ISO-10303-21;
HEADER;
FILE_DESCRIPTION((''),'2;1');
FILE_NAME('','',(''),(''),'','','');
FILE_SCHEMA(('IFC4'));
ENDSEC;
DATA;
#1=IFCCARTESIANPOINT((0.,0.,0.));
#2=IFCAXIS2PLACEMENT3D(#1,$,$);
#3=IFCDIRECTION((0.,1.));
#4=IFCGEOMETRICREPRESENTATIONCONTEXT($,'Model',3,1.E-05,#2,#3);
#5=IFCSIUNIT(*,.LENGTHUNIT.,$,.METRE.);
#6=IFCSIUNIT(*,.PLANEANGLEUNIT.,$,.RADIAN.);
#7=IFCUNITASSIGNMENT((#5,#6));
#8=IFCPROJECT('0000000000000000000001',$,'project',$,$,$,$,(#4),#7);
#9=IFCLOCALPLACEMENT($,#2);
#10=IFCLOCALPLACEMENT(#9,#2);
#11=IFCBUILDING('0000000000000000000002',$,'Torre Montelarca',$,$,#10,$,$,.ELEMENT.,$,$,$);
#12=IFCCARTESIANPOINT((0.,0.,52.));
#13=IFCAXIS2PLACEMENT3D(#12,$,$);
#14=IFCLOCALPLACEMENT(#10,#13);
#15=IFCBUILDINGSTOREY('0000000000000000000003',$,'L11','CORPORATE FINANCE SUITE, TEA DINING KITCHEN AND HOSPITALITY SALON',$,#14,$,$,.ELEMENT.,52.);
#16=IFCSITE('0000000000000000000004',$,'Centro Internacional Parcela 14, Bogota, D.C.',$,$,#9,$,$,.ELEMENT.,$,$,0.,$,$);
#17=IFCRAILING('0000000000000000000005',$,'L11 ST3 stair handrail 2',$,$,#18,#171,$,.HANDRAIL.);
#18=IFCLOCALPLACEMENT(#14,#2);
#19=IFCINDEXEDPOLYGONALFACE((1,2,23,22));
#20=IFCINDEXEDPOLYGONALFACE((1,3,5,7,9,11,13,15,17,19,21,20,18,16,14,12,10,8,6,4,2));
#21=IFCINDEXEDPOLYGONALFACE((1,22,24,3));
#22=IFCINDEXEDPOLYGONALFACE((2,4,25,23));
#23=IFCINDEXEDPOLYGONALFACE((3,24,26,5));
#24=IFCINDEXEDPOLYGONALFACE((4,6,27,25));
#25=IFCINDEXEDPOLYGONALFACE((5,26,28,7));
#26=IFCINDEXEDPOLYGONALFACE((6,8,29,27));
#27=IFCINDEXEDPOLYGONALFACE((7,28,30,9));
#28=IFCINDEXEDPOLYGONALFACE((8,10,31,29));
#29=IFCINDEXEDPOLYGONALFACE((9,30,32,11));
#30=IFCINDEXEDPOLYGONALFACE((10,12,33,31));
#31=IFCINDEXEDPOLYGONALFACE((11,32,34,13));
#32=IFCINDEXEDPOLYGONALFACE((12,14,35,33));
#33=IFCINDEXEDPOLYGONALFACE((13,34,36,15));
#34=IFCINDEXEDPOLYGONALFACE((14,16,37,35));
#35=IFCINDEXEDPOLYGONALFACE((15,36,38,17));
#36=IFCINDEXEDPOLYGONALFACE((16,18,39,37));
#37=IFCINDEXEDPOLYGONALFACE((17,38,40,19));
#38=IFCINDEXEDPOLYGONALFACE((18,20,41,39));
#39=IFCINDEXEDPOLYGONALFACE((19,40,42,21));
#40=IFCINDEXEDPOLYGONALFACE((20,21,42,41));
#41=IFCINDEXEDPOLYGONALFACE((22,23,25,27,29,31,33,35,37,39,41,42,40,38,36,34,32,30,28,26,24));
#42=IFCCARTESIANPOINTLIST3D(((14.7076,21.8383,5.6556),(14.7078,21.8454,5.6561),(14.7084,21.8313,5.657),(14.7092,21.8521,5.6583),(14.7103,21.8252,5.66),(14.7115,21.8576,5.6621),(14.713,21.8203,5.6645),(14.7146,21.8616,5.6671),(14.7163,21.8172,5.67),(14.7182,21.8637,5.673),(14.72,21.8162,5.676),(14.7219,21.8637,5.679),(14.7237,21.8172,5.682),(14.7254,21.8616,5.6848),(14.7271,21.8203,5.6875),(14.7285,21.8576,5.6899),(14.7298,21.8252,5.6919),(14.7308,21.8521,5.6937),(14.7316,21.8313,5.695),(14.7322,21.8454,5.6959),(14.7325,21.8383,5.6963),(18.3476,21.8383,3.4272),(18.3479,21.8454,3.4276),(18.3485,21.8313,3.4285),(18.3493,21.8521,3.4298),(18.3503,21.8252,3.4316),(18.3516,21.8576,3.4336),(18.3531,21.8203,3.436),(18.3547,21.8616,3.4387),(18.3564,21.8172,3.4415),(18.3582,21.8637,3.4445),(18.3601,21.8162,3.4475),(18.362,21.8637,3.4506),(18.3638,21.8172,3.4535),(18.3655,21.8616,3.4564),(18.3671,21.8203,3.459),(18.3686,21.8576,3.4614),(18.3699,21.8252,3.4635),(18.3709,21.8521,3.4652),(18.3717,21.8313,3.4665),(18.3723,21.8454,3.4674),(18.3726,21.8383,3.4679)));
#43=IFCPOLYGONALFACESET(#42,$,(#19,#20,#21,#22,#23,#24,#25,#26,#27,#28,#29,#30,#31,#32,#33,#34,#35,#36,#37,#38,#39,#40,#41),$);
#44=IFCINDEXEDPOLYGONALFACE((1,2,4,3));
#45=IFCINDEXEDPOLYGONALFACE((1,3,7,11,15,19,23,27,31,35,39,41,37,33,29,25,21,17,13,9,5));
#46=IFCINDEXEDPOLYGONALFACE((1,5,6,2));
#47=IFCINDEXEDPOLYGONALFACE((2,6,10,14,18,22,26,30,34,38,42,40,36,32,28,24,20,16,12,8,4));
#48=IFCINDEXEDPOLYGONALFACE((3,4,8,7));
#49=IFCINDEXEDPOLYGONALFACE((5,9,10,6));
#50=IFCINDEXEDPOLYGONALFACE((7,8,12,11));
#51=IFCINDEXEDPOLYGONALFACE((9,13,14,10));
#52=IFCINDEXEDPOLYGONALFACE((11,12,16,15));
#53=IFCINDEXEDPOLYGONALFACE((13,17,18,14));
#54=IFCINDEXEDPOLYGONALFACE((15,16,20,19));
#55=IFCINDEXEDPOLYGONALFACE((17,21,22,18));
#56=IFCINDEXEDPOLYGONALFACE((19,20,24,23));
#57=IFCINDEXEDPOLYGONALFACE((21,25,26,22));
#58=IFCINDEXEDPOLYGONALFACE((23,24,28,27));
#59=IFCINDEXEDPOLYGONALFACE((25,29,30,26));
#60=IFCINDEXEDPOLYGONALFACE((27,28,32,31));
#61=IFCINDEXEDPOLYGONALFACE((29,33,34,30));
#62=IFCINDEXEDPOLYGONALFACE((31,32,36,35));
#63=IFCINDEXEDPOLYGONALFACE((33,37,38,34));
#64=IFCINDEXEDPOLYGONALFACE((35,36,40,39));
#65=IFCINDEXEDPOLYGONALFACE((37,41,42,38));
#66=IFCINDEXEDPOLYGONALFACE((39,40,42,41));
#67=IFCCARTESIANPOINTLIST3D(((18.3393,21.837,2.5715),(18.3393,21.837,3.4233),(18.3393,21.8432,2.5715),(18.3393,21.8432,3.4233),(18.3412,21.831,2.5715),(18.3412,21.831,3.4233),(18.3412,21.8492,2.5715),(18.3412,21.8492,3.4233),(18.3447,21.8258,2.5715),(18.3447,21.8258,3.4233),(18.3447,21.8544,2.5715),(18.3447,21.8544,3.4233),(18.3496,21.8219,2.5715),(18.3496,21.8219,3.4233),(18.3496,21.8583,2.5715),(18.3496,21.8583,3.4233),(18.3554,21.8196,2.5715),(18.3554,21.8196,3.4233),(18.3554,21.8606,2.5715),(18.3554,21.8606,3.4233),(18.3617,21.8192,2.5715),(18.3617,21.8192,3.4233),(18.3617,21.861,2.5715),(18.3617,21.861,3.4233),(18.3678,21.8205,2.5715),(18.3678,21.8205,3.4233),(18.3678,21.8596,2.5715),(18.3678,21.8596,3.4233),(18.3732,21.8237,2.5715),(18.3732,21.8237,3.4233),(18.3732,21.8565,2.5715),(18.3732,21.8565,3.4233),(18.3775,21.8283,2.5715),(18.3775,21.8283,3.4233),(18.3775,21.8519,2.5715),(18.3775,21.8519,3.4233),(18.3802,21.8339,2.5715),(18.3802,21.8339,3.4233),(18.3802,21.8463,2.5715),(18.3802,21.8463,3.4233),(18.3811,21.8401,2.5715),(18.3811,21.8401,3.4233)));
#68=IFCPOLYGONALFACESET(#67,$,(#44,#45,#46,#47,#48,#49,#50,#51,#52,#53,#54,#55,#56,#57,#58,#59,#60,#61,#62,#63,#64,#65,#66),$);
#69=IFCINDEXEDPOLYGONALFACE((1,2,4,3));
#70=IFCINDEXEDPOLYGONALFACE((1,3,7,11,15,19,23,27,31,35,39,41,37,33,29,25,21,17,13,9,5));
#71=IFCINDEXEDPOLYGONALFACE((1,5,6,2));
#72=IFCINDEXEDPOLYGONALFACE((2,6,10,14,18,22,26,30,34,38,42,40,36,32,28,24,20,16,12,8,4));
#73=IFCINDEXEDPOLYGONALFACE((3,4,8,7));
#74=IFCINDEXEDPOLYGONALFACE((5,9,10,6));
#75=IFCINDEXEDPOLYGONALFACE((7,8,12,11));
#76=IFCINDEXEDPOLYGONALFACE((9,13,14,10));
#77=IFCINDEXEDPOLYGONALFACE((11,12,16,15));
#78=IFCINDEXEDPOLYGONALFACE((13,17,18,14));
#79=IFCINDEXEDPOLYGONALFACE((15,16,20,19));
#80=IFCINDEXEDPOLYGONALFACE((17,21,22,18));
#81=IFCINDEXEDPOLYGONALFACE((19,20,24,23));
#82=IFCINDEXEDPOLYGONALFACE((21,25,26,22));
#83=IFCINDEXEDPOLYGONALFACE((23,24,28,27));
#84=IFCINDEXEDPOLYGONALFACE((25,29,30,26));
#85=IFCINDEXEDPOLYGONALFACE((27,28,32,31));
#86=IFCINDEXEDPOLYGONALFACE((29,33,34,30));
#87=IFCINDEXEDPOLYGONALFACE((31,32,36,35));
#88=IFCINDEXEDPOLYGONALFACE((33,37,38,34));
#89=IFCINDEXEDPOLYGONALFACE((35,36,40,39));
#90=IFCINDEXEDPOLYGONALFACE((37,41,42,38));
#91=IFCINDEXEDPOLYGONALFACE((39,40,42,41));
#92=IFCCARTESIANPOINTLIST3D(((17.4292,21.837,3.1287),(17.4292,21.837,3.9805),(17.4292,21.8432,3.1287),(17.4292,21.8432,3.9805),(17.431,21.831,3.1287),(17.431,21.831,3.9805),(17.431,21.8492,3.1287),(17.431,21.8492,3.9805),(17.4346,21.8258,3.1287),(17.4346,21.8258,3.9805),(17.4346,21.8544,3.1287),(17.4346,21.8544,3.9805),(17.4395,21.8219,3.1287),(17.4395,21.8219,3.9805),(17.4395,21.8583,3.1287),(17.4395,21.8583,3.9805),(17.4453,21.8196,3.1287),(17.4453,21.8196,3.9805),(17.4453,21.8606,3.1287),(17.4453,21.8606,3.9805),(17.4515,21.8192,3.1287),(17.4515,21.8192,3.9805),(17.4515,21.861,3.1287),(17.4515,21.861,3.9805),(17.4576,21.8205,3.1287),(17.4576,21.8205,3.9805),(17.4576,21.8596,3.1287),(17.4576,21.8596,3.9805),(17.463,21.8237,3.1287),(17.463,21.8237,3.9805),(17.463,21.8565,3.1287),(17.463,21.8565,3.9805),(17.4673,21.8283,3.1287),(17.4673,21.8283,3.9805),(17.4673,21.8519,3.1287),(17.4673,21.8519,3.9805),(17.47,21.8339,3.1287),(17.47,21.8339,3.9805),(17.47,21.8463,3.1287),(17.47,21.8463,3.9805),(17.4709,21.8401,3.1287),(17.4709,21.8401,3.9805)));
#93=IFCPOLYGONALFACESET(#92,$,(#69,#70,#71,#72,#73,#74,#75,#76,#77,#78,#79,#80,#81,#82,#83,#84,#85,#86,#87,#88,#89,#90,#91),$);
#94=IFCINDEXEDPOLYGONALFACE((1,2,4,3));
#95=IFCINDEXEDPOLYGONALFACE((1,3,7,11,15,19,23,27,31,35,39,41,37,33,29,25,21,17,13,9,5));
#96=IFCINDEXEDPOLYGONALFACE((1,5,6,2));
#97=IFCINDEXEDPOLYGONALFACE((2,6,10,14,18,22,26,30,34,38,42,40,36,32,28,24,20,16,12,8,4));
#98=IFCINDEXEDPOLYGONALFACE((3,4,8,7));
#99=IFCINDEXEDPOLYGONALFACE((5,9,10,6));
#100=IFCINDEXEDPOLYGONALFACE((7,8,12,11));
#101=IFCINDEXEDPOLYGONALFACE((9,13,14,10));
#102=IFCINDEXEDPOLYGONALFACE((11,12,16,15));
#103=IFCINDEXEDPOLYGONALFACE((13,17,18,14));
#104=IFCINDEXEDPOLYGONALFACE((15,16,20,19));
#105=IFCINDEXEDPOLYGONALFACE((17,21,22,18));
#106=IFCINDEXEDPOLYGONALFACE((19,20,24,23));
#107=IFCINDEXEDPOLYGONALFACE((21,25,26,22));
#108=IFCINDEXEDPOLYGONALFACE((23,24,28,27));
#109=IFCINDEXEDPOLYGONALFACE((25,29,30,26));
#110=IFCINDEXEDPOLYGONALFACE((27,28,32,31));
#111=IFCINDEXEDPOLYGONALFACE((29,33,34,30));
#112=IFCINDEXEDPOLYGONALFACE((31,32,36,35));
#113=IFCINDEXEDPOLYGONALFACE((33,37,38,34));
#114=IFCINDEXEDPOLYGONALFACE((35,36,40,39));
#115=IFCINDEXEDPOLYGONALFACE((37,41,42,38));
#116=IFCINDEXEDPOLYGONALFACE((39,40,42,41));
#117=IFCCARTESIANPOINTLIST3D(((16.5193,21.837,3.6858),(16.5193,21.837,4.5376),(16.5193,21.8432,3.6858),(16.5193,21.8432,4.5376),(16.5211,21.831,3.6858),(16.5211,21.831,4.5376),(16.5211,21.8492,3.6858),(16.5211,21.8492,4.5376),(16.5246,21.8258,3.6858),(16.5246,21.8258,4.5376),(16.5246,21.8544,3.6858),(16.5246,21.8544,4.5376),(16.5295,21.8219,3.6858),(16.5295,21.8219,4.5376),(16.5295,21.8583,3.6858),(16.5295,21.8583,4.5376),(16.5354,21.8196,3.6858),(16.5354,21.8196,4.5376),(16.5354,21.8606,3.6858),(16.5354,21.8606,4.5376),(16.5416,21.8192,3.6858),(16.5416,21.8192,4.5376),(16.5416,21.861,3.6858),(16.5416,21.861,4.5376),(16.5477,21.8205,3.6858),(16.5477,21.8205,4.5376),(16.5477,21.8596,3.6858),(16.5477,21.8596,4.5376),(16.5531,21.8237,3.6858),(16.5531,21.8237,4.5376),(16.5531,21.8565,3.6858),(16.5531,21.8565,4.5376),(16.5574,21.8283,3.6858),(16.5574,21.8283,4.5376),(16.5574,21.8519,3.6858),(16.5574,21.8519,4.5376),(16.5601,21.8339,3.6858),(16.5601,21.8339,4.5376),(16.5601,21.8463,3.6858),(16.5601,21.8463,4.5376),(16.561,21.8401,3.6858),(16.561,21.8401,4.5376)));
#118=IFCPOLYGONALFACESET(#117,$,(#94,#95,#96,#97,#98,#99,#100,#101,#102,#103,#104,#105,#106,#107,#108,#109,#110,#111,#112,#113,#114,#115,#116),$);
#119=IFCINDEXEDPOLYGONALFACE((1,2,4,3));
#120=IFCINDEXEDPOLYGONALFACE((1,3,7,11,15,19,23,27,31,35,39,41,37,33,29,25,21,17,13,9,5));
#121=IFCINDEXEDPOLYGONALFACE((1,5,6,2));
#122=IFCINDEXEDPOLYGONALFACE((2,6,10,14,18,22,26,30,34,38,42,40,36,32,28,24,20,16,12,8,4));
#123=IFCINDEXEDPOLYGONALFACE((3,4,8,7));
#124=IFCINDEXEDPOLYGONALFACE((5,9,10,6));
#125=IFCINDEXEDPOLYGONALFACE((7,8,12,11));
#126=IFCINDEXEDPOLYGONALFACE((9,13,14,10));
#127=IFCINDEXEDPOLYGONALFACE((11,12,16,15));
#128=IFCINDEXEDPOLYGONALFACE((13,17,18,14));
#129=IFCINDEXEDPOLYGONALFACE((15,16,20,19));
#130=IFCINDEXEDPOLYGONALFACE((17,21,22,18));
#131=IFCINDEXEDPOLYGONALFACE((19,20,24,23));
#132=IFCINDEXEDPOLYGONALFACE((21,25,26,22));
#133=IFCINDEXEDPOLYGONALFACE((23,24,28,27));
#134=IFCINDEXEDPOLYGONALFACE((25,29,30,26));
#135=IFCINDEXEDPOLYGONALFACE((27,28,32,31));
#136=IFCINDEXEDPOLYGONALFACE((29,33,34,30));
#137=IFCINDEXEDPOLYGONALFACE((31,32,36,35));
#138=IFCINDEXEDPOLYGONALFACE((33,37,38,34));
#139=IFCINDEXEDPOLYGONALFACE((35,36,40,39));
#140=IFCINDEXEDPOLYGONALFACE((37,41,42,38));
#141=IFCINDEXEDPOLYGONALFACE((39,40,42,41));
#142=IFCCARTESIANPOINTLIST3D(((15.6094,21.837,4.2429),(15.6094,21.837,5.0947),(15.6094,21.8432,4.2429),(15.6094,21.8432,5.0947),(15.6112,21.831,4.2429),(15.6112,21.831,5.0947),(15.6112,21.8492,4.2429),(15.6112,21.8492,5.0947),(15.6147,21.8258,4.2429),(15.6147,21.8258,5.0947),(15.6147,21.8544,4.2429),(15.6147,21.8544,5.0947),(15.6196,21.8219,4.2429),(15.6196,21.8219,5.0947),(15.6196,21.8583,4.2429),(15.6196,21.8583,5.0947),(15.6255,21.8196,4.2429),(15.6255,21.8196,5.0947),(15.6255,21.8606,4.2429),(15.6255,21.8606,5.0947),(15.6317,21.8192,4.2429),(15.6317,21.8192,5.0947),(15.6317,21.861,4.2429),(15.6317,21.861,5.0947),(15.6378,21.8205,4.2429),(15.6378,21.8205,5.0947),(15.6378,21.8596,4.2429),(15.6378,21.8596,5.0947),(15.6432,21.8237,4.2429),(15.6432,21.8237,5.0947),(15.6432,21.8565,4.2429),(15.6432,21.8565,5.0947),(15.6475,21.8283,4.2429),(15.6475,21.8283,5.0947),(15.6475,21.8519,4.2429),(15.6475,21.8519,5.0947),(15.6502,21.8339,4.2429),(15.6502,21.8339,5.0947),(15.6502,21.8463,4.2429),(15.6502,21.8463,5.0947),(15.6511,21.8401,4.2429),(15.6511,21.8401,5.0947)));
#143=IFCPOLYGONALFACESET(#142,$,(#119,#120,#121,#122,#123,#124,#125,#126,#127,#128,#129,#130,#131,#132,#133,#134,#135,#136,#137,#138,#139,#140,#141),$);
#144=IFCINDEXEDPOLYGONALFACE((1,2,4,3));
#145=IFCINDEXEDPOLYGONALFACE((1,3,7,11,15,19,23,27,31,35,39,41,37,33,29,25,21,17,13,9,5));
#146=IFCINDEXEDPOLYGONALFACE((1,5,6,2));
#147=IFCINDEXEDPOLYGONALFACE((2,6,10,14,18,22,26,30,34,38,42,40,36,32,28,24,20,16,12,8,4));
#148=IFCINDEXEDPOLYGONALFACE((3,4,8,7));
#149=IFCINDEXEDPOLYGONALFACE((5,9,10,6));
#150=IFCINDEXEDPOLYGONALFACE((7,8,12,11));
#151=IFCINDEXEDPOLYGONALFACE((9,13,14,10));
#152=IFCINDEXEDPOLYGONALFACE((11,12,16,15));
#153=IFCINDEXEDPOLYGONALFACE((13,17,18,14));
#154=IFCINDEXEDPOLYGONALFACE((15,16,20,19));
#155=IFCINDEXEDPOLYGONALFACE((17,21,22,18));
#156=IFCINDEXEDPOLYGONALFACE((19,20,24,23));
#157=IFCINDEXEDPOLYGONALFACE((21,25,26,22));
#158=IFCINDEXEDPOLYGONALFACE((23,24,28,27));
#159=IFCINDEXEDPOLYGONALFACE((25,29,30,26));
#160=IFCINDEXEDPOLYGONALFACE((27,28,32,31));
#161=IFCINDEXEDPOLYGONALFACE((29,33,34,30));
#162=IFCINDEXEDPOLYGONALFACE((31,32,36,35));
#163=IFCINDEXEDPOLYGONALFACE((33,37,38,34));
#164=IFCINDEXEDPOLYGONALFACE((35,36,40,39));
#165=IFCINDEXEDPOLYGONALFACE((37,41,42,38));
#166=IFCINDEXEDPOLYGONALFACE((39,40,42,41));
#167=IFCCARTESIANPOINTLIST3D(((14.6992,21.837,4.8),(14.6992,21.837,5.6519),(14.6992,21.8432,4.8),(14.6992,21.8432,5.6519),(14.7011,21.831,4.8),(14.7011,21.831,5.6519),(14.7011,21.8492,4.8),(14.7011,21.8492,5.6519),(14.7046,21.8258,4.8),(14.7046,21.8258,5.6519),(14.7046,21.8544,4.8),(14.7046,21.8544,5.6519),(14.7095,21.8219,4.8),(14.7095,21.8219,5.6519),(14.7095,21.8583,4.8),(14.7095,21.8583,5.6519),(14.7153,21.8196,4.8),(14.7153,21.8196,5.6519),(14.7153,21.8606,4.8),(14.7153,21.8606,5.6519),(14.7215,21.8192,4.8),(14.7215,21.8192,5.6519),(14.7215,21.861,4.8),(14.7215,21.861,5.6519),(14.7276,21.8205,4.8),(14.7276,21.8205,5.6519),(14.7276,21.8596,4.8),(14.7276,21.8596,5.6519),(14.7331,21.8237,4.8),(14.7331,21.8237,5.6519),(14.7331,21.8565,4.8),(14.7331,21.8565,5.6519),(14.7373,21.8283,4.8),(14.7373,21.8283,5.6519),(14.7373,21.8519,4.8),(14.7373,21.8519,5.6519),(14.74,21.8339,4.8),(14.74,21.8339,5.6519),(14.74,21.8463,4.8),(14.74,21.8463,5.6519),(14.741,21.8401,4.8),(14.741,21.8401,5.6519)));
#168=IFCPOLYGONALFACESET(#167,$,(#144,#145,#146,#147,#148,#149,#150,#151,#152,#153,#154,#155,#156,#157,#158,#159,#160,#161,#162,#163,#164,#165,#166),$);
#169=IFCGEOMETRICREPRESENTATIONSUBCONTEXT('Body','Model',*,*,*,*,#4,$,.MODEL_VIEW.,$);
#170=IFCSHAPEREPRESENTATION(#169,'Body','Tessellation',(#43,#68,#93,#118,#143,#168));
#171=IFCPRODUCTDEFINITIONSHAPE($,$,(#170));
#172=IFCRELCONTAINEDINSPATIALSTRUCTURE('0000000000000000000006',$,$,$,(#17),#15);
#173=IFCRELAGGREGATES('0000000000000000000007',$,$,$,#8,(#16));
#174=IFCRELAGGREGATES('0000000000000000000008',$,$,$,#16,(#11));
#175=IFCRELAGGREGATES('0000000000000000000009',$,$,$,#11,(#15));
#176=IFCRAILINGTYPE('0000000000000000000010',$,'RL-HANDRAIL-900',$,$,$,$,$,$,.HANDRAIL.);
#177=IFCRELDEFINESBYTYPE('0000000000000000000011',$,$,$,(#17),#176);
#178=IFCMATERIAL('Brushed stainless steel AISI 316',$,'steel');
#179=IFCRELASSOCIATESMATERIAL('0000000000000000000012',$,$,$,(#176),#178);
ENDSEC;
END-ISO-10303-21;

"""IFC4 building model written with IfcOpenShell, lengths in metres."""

from ifc_helpers import new_model, si_unit, direction, frame, origin, origin_2d, place, context, subcontext, project, spatial, circle, extrude, material, type_object, element, save


model = new_model("IFC4")

# Units and contexts
model_context = context("Model", 3, precision=1e-05, world=origin(), true_north=direction((0.0, 1.0)))
body_context = subcontext(model_context, "Body", "Model", "MODEL_VIEW")
ifc_project = project(units=[si_unit("LENGTHUNIT", "METRE"), si_unit("PLANEANGLEUNIT", "RADIAN")], contexts=[model_context])

# Site, building, storey
site_placement = place(None, origin())
site = spatial("IfcSite", under=ifc_project, at=site_placement, Name="Centro Internacional Parcela 14, Bogota, D.C.", CompositionType="ELEMENT", RefElevation=0.0)
building_placement = place(site_placement, origin())
building = spatial("IfcBuilding", under=site, at=building_placement, Name="Torre Montelarca", CompositionType="ELEMENT")
storey_placement = place(building_placement, frame((0.0, 0.0, 52.0)))
storey = spatial("IfcBuildingStorey", under=building, at=storey_placement, Name="L11", Description="CORPORATE FINANCE SUITE, TEA DINING KITCHEN AND HOSPITALITY SALON", CompositionType="ELEMENT", Elevation=52.0)

# Railing
ifc_material_1 = material(Name="Brushed stainless steel AISI 316", Category="steel")
railing_type_1 = type_object("IfcRailingType", Name="RL-HANDRAIL-900", PredefinedType="HANDRAIL", material=ifc_material_1)
railing_1_placement = place(storey_placement, frame((18.3601, 21.8401, 2.5715)))
element("IfcRailing", 1, at=railing_1_placement, inside=storey, type_object=railing_type_1, Name="L11 ST3 stair handrail 2", PredefinedType="HANDRAIL", context=body_context, shape_type="SweptSolid", body=[
    extrude(circle(Radius=0.0239, at=origin_2d()), frame((0.0, 0.0, 0.876), z_axis=(-0.852866, 0.0, 0.52213), x_axis=(0.0, -1.0, 0.0)), (0.0, 0.0, 1.0), 4.2681),
    extrude(circle(Radius=0.021, at=origin_2d()), origin(), (0.0, 0.0, 1.0), 0.8518),
    extrude(circle(Radius=0.021, at=origin_2d()), frame((-0.9102, 0.0, 0.5571)), (0.0, 0.0, 1.0), 0.8518),
    extrude(circle(Radius=0.021, at=origin_2d()), frame((-1.8201, 0.0, 1.1143)), (0.0, 0.0, 1.0), 0.8518),
    extrude(circle(Radius=0.021, at=origin_2d()), frame((-2.73, 0.0, 1.6714)), (0.0, 0.0, 1.0), 0.8518),
    extrude(circle(Radius=0.021, at=origin_2d()), frame((-3.6401, 0.0, 2.2285)), (0.0, 0.0, 1.0), 0.8518),
])

save(model, "model.ifc")
